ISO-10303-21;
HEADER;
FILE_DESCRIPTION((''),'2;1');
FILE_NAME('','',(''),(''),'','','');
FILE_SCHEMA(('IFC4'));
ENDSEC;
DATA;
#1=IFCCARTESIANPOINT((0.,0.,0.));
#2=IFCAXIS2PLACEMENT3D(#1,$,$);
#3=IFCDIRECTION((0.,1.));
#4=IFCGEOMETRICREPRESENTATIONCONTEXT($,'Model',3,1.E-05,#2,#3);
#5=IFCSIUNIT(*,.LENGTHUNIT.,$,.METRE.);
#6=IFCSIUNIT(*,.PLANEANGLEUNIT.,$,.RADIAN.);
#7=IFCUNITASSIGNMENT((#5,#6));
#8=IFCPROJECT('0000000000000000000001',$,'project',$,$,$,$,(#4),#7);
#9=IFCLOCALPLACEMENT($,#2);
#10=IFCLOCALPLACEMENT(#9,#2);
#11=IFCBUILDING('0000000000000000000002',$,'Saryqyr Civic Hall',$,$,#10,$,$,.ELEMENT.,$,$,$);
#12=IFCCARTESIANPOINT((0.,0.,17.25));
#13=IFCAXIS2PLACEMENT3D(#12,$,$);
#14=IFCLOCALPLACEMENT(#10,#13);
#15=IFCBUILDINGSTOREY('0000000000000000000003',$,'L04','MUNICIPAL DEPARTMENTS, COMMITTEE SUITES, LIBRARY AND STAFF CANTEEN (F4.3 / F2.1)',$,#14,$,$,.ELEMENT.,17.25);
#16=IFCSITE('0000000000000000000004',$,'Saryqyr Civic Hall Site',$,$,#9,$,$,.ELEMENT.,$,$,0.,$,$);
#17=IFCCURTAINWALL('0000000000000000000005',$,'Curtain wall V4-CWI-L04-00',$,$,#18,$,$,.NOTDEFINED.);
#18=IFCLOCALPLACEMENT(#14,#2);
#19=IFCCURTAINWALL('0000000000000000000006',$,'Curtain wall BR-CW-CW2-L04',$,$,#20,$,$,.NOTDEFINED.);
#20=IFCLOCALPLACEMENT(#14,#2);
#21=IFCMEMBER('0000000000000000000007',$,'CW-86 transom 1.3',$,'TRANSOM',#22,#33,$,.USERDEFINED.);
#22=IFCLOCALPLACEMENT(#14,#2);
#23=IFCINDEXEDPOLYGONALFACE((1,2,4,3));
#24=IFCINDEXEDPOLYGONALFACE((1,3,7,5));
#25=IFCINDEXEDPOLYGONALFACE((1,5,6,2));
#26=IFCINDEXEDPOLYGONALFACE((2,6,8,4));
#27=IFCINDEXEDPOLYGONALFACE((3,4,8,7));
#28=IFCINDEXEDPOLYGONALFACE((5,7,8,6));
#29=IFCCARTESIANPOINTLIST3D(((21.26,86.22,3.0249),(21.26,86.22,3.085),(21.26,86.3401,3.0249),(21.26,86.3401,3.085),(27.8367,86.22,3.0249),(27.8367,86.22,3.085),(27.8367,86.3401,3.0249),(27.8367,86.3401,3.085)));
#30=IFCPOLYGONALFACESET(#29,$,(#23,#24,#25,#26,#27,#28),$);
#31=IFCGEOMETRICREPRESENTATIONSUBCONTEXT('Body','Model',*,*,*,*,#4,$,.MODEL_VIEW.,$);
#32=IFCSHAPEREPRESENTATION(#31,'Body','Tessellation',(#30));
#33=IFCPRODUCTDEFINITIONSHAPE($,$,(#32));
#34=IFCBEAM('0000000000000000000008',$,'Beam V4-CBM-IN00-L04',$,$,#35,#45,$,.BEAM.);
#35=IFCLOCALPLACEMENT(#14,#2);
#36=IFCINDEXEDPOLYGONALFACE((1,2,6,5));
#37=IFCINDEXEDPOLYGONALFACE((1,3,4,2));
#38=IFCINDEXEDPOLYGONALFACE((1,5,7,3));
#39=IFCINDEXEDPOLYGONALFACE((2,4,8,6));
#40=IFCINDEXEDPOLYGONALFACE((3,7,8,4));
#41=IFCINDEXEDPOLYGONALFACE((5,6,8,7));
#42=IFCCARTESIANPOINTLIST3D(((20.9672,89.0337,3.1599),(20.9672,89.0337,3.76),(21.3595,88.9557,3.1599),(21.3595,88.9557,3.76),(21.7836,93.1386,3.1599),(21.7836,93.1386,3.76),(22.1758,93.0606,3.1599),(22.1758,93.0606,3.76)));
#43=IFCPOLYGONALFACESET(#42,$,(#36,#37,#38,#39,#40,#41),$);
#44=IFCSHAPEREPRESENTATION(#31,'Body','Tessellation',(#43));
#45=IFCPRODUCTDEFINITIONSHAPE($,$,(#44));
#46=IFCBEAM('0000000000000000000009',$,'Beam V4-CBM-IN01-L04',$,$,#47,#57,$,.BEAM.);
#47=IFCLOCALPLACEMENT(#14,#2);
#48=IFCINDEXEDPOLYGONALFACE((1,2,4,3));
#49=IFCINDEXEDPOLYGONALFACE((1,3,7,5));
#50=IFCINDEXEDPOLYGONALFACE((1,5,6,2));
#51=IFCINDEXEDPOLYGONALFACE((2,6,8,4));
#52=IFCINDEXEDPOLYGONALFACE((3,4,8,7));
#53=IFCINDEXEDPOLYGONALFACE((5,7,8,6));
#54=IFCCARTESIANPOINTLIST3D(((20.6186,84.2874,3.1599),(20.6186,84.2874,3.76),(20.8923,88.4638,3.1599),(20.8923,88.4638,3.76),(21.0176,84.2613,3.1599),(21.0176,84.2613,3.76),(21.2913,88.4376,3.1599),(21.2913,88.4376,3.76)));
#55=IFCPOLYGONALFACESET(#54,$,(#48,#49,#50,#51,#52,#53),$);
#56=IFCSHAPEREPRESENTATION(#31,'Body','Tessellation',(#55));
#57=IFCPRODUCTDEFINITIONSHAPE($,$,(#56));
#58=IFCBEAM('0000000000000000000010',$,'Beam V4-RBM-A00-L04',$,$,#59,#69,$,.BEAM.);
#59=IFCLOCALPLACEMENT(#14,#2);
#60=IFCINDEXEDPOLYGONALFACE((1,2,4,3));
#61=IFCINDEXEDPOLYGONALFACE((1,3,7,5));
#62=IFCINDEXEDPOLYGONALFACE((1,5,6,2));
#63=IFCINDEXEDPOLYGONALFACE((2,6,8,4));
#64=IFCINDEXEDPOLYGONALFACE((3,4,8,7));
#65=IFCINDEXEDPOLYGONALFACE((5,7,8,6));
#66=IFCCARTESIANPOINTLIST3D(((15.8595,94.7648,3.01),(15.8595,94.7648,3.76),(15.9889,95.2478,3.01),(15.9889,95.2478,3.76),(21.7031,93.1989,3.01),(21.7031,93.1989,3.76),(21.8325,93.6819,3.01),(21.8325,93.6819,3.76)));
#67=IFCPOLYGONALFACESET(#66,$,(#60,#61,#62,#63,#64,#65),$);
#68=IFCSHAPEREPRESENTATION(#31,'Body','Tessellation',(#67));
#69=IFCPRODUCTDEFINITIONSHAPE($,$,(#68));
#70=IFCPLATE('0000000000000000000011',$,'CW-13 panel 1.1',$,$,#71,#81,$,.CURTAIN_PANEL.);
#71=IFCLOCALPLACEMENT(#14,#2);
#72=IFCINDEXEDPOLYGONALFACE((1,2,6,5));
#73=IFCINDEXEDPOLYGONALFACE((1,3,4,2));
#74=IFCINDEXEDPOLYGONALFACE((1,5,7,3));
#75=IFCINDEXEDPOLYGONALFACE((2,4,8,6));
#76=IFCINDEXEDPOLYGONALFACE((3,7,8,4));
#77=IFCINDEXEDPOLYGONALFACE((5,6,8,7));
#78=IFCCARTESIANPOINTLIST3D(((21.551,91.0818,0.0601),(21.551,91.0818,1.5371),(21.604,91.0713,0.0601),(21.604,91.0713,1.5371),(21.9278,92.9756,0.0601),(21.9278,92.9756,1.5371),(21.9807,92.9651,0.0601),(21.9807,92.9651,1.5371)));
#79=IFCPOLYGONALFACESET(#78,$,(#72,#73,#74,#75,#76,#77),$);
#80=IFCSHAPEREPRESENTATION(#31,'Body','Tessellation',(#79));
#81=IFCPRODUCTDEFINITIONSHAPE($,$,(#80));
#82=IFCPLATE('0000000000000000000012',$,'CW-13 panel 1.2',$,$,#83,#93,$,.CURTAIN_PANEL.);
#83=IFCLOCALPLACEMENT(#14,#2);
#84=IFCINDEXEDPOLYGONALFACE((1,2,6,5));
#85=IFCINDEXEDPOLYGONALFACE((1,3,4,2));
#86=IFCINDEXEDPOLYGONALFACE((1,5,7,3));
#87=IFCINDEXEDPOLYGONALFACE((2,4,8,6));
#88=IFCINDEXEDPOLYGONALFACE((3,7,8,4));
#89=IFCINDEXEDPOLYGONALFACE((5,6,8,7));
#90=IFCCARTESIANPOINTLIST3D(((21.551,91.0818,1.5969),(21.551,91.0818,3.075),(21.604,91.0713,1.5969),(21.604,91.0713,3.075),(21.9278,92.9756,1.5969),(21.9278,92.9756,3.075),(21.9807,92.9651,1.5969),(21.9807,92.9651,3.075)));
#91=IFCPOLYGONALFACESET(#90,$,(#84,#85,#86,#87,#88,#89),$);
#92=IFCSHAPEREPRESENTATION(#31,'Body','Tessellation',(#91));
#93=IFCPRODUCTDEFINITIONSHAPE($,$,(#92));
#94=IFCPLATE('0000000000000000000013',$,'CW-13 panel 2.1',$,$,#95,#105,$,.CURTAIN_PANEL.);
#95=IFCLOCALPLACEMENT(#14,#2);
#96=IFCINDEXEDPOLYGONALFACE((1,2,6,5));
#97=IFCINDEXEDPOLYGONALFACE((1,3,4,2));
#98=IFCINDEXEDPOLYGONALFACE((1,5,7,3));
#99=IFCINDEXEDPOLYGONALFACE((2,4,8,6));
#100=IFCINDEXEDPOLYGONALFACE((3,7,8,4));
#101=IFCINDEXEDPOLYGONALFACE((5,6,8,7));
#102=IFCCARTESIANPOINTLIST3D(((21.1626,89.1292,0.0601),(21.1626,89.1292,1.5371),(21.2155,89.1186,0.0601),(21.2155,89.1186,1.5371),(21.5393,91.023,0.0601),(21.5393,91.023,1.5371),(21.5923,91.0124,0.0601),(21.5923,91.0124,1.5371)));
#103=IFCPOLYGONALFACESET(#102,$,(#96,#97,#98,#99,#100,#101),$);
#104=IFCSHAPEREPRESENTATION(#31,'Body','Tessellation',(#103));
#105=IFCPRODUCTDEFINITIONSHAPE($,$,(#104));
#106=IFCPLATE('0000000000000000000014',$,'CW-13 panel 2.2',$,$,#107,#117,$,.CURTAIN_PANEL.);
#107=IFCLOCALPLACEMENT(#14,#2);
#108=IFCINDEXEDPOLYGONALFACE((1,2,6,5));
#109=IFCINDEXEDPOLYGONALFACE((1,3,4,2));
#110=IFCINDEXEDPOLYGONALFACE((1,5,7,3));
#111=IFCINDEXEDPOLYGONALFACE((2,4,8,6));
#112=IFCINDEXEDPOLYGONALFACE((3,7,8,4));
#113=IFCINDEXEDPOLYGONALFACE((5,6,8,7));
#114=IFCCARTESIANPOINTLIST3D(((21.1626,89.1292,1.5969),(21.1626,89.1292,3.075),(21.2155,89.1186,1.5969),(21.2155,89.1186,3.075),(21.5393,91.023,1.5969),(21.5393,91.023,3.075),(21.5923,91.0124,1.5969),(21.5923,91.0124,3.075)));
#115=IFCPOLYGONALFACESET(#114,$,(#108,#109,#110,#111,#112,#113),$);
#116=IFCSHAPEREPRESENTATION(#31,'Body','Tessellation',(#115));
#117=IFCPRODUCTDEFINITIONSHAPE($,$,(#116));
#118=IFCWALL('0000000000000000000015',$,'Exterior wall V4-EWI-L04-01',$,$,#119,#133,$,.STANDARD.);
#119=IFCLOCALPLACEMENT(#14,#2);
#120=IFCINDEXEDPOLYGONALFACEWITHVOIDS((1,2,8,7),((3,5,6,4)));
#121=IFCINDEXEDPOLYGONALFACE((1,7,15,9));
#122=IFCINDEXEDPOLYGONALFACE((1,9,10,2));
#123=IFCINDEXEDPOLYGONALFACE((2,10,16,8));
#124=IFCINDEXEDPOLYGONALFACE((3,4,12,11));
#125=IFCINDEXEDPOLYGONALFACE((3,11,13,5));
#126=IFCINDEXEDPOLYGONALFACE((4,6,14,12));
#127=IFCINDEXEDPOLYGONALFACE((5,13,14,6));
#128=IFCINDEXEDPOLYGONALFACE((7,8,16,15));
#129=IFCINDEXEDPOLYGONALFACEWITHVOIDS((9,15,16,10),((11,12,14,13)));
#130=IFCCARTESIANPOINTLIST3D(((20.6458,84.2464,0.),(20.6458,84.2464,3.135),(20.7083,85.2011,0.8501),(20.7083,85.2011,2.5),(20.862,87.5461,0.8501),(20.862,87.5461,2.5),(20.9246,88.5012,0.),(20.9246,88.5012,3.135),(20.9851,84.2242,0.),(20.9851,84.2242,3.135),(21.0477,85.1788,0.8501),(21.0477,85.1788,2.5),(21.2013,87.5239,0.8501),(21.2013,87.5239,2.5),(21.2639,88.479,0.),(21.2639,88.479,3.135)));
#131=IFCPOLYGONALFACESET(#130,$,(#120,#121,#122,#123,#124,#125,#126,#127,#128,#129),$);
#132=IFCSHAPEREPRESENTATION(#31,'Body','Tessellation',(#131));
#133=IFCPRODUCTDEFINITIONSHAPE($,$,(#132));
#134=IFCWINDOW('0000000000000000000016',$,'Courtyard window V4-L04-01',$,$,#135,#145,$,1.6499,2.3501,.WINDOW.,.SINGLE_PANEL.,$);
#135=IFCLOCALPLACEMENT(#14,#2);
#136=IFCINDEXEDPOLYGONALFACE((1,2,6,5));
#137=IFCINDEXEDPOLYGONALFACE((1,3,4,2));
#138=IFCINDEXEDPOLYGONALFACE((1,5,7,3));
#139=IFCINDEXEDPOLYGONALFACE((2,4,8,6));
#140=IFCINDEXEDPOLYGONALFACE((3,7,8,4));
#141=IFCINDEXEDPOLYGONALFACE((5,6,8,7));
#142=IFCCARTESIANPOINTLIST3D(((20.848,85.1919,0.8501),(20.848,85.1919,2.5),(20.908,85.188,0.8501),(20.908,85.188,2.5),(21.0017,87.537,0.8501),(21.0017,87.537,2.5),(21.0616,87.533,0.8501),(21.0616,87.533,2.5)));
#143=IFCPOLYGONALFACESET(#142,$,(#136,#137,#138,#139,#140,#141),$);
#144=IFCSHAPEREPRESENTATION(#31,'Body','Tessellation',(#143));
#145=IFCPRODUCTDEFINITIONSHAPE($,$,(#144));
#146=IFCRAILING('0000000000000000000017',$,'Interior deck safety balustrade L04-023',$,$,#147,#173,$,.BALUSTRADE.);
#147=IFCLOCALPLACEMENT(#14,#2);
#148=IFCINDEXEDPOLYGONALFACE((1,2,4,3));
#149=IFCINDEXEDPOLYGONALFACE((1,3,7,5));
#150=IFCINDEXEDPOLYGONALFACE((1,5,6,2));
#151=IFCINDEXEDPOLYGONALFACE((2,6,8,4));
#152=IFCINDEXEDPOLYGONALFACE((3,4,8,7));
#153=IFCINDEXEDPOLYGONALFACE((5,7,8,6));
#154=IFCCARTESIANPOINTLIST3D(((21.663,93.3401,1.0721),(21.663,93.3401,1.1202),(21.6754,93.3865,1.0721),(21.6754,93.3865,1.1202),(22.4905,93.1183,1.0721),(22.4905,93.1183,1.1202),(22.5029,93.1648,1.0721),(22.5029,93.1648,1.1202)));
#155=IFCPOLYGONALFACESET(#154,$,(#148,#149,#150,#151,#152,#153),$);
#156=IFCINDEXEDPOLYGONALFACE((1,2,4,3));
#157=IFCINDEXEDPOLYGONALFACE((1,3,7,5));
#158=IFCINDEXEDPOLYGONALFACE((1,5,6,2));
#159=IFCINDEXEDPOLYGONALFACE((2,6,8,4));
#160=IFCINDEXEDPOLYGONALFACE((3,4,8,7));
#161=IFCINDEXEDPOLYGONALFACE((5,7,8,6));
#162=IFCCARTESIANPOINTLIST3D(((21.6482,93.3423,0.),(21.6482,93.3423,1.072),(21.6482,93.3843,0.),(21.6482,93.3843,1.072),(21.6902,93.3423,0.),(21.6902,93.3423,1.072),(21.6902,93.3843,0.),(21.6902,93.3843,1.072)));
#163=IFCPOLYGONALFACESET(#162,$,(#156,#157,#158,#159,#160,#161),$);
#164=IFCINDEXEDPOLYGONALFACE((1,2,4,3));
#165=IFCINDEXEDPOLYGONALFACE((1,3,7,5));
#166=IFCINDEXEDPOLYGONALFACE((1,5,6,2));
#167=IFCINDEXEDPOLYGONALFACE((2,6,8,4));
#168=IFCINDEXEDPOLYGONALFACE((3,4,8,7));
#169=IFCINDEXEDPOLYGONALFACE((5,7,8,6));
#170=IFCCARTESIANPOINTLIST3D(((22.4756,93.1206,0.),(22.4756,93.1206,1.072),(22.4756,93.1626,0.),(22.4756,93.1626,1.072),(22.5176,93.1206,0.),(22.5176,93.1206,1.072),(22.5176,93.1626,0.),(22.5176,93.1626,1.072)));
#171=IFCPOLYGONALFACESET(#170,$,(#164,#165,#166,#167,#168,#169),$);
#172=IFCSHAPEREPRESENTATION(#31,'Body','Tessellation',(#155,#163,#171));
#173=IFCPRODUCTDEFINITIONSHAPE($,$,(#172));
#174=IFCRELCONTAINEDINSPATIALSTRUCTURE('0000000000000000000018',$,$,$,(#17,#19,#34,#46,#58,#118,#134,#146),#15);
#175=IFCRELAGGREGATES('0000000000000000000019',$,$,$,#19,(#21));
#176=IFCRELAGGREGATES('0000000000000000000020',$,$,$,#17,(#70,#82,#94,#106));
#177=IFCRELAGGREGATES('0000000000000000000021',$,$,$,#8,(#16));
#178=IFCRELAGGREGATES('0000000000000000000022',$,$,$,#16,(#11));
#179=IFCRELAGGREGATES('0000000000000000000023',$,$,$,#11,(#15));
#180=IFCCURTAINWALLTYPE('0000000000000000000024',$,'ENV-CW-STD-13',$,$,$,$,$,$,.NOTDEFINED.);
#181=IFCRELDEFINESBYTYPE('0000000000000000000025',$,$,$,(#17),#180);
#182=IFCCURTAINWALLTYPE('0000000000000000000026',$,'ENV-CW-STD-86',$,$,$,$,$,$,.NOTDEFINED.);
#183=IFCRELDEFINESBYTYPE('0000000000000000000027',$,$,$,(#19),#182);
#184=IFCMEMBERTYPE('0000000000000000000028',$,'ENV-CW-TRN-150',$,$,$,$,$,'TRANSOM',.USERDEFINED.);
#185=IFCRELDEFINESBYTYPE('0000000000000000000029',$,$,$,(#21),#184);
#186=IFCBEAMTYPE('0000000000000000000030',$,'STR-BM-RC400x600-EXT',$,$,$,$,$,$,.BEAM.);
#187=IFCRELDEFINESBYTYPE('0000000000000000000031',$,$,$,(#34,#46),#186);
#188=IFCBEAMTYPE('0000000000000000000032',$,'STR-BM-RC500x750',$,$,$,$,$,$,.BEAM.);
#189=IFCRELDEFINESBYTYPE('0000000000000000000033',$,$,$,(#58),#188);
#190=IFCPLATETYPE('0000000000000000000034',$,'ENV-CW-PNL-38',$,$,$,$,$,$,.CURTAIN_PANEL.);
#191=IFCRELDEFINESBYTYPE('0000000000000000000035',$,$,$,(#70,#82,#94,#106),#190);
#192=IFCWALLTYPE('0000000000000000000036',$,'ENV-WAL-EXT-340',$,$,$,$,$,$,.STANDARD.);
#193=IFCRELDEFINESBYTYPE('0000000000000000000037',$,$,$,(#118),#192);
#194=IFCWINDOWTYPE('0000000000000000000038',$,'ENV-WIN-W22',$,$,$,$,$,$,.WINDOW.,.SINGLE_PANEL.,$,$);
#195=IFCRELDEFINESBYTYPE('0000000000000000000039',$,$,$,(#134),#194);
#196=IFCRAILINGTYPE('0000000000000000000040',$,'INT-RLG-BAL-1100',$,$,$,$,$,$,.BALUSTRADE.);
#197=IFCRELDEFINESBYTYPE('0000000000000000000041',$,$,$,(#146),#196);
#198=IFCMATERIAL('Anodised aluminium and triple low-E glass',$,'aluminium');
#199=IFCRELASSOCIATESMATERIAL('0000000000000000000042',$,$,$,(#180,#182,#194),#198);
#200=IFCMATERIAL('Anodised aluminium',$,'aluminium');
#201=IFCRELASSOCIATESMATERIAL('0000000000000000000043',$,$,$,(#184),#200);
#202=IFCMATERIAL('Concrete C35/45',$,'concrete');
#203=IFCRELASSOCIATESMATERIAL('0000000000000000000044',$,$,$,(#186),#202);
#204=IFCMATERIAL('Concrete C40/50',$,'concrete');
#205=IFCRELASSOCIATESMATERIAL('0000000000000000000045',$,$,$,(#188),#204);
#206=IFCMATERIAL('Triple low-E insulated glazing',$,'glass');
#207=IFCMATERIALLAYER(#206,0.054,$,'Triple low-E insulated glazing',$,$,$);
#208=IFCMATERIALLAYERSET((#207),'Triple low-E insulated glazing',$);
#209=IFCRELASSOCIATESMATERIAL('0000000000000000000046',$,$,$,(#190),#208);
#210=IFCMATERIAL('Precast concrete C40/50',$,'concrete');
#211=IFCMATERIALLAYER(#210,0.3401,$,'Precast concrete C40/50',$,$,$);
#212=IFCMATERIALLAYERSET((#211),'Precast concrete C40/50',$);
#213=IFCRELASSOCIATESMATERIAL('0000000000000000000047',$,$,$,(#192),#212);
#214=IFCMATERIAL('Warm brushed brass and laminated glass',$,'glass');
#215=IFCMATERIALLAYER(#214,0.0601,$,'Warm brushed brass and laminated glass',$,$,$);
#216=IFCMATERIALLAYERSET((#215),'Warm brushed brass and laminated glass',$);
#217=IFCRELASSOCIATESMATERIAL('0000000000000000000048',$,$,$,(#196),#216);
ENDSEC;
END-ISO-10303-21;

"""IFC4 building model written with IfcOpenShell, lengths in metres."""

from ifc_helpers import new_model, si_unit, direction, frame, frame_2d, origin, origin_2d, place, context, subcontext, project, spatial, rectangle, extrude, material, layer, layer_set, material_profile, profile_set, type_object, element, fill, aggregate, save


model = new_model("IFC4")

# Units and contexts
model_context = context("Model", 3, precision=1e-05, world=origin(), true_north=direction((0.0, 1.0)))
body_context = subcontext(model_context, "Body", "Model", "MODEL_VIEW")
ifc_project = project(units=[si_unit("LENGTHUNIT", "METRE"), si_unit("PLANEANGLEUNIT", "RADIAN")], contexts=[model_context])

# Site, building, storey
site_placement = place(None, origin())
site = spatial("IfcSite", under=ifc_project, at=site_placement, Name="Saryqyr Civic Hall Site", CompositionType="ELEMENT", RefElevation=0.0)
building_placement = place(site_placement, origin())
building = spatial("IfcBuilding", under=site, at=building_placement, Name="Saryqyr Civic Hall", CompositionType="ELEMENT")
storey_placement = place(building_placement, frame((0.0, 0.0, 17.25)))
storey = spatial("IfcBuildingStorey", under=building, at=storey_placement, Name="L04", Description="MUNICIPAL DEPARTMENTS, COMMITTEE SUITES, LIBRARY AND STAFF CANTEEN (F4.3 / F2.1)", CompositionType="ELEMENT", Elevation=17.25)

# Shared definitions
ifc_material_1 = material(Name="Concrete C40/50", Category="concrete")

# Curtain wall
ifc_material_2 = material(Name="Anodised aluminium and triple low-E glass", Category="aluminium")
curtain_wall_type_1 = type_object("IfcCurtainWallType", Name="ENV-CW-STD-13", PredefinedType="NOTDEFINED", material=ifc_material_2)
curtain_wall_1_placement = place(storey_placement, origin())
curtain_wall_1 = element("IfcCurtainWall", 1, at=curtain_wall_1_placement, inside=storey, type_object=curtain_wall_type_1, Name="Curtain wall V4-CWI-L04-00", PredefinedType="NOTDEFINED")
ifc_material_3 = material(Name="Anodised aluminium", Category="aluminium")

# Curtain wall
curtain_wall_type_2 = type_object("IfcCurtainWallType", Name="ENV-CW-STD-86", PredefinedType="NOTDEFINED", material=ifc_material_2)
curtain_wall_2_placement = place(storey_placement, origin())
curtain_wall_2 = element("IfcCurtainWall", 2, at=curtain_wall_2_placement, inside=storey, type_object=curtain_wall_type_2, Name="Curtain wall BR-CW-CW2-L04", PredefinedType="NOTDEFINED")

# Member
ifc_material_profile_1 = material_profile(ifc_material_3, rectangle(XDim=0.1201, YDim=0.0601, at=origin_2d()), Name="ALU TRANSOM 120x60")
ifc_profile_set_1 = profile_set([ifc_material_profile_1], Name="Anodised aluminium")
member_type_1 = type_object("IfcMemberType", Name="ENV-CW-TRN-150", ElementType="TRANSOM", PredefinedType="USERDEFINED", material=ifc_profile_set_1)
member_1_placement = place(storey_placement, frame((21.26, 86.28, 3.0549), z_axis=(1.0, 0.0, 0.0), x_axis=(0.0, 1.0, 0.0)))
member_1 = element("IfcMember", 3, at=member_1_placement, type_object=member_type_1, Name="CW-86 transom 1.3", ObjectType="TRANSOM", PredefinedType="USERDEFINED", context=body_context, shape_type="SweptSolid", body=[
    extrude(rectangle(XDim=0.1201, YDim=0.0601, at=origin_2d()), origin(), (0.0, 0.0, 1.0), 6.5767),
])
aggregate(curtain_wall_2, [member_1])

# Beams
ifc_material_4 = material(Name="Concrete C35/45", Category="concrete")
ifc_material_profile_2 = material_profile(ifc_material_4, rectangle(XDim=0.3999, YDim=0.6001, at=origin_2d()), Name="RC 400x600")
ifc_profile_set_2 = profile_set([ifc_material_profile_2], Name="Concrete C35/45")
beam_type_1 = type_object("IfcBeamType", Name="STR-BM-RC400x600-EXT", PredefinedType="BEAM", material=ifc_profile_set_2)
for number, where, z_axis, x_axis, name in (
    (4, (21.9797, 93.0996, 3.46), (-0.195062, -0.980791, 0.0), (0.980791, -0.195062, 0.0), "Beam V4-CBM-IN00-L04"),
    (5, (21.0918, 88.4507, 3.46), (-0.065392, -0.99786, 0.0), (0.99786, -0.065392, 0.0), "Beam V4-CBM-IN01-L04"),
):
    element("IfcBeam", number, at=place(storey_placement, frame(where, z_axis=z_axis, x_axis=x_axis)), inside=storey, type_object=beam_type_1, Name=name, PredefinedType="BEAM", context=body_context, shape_type="SweptSolid", body=[
        extrude(rectangle(XDim=0.3999, YDim=0.6001, at=origin_2d()), origin(), (0.0, 0.0, 1.0), 4.1853),
    ])
ifc_material_profile_3 = material_profile(ifc_material_1, rectangle(XDim=0.5, YDim=0.75, at=origin_2d()), Name="RC 500x750")
ifc_profile_set_3 = profile_set([ifc_material_profile_3], Name="Concrete C40/50")
beam_type_2 = type_object("IfcBeamType", Name="STR-BM-RC500x750", PredefinedType="BEAM", material=ifc_profile_set_3)
beam_placement = place(storey_placement, frame((21.7678, 93.4404, 3.385), z_axis=(-0.965922, 0.258833, 0.0), x_axis=(-0.258833, -0.965922, 0.0)))
element("IfcBeam", 6, at=beam_placement, inside=storey, type_object=beam_type_2, Name="Beam V4-RBM-A00-L04", PredefinedType="BEAM", context=body_context, shape_type="SweptSolid", body=[
    extrude(rectangle(XDim=0.5, YDim=0.75, at=origin_2d()), origin(), (0.0, 0.0, 1.0), 6.0498),
])

# Plates
ifc_material_5 = material(Name="Triple low-E insulated glazing", Category="glass")
ifc_layer_1 = layer(ifc_material_5, 0.054, Name="Triple low-E insulated glazing")
ifc_layer_set_1 = layer_set([ifc_layer_1], Name="Triple low-E insulated glazing")
plate_type = type_object("IfcPlateType", Name="ENV-CW-PNL-38", PredefinedType="CURTAIN_PANEL", material=ifc_layer_set_1)
plate_1_placement = place(storey_placement, frame((21.7659, 92.0234, 0.0601), z_axis=(0.0, 0.0, 1.0), x_axis=(-0.195107, -0.980782, 0.0)))
plate_1 = element("IfcPlate", 7, at=plate_1_placement, type_object=plate_type, Name="CW-13 panel 1.1", PredefinedType="CURTAIN_PANEL", context=body_context, shape_type="SweptSolid", body=[
    extrude(rectangle(XDim=1.9309, YDim=0.054, at=origin_2d()), origin(), (0.0, 0.0, 1.0), 1.4771),
])
plate_2_placement = place(storey_placement, frame((21.7659, 92.0234, 1.5969), z_axis=(0.0, 0.0, 1.0), x_axis=(-0.195107, -0.980782, 0.0)))
plate_2 = element("IfcPlate", 8, at=plate_2_placement, type_object=plate_type, Name="CW-13 panel 1.2", PredefinedType="CURTAIN_PANEL", context=body_context, shape_type="SweptSolid", body=[
    extrude(rectangle(XDim=1.9309, YDim=0.054, at=origin_2d()), origin(), (0.0, 0.0, 1.0), 1.478),
])
plate_3_placement = place(storey_placement, frame((21.3774, 90.0708, 0.0601), z_axis=(0.0, 0.0, 1.0), x_axis=(-0.195107, -0.980782, 0.0)))
plate_3 = element("IfcPlate", 9, at=plate_3_placement, type_object=plate_type, Name="CW-13 panel 2.1", PredefinedType="CURTAIN_PANEL", context=body_context, shape_type="SweptSolid", body=[
    extrude(rectangle(XDim=1.9309, YDim=0.054, at=origin_2d()), origin(), (0.0, 0.0, 1.0), 1.4771),
])
plate_4_placement = place(storey_placement, frame((21.3774, 90.0708, 1.5969), z_axis=(0.0, 0.0, 1.0), x_axis=(-0.195107, -0.980782, 0.0)))
plate_4 = element("IfcPlate", 10, at=plate_4_placement, type_object=plate_type, Name="CW-13 panel 2.2", PredefinedType="CURTAIN_PANEL", context=body_context, shape_type="SweptSolid", body=[
    extrude(rectangle(XDim=1.9309, YDim=0.054, at=origin_2d()), origin(), (0.0, 0.0, 1.0), 1.478),
])
aggregate(curtain_wall_1, [plate_1, plate_2, plate_3, plate_4])

# Wall, opening, window
ifc_material_6 = material(Name="Precast concrete C40/50", Category="concrete")
ifc_layer_2 = layer(ifc_material_6, 0.3401, Name="Precast concrete C40/50")
ifc_layer_set_2 = layer_set([ifc_layer_2], Name="Precast concrete C40/50")
wall_type = type_object("IfcWallType", Name="ENV-WAL-EXT-340", PredefinedType="STANDARD", material=ifc_layer_set_2)
wall_placement = place(storey_placement, frame((21.0942, 88.49, 0.0), z_axis=(0.0, 0.0, 1.0), x_axis=(-0.065387, -0.99786, 0.0)))
wall = element("IfcWall", 11, at=wall_placement, inside=storey, type_object=wall_type, Name="Exterior wall V4-EWI-L04-01", PredefinedType="STANDARD", context=body_context, shape_type="SweptSolid", body=[
    extrude(rectangle(XDim=4.2639, YDim=0.3401, at=frame_2d((2.1318, 0.0))), origin(), (0.0, 0.0, 1.0), 3.135),
])
opening_placement = place(wall_placement, frame((0.957, 0.0, 0.8501)))
opening = element("IfcOpeningElement", 12, at=opening_placement, cuts=wall, PredefinedType="OPENING", context=body_context, shape_type="SweptSolid", body=[
    extrude(rectangle(XDim=2.3501, YDim=1.6499, at=frame_2d((1.175, 0.825))), frame((0.0, 0.1799, 0.0), z_axis=(0.0, -1.0, 0.0), x_axis=(1.0, 0.0, 0.0)), (0.0, 0.0, 1.0), 0.3601),
])
window_type = type_object("IfcWindowType", Name="ENV-WIN-W22", PartitioningType="SINGLE_PANEL", PredefinedType="WINDOW", material=ifc_material_2)
window_placement = place(opening_placement, origin())
window = element("IfcWindow", 13, at=window_placement, inside=storey, type_object=window_type, Name="Courtyard window V4-L04-01", OverallHeight=1.6499, OverallWidth=2.3501, PartitioningType="SINGLE_PANEL", PredefinedType="WINDOW", context=body_context, shape_type="SweptSolid", body=[
    extrude(rectangle(XDim=2.3501, YDim=1.6499, at=frame_2d((1.175, 0.825))), frame((0.0, 0.03, 0.0), z_axis=(0.0, -1.0, 0.0), x_axis=(1.0, 0.0, 0.0)), (0.0, 0.0, 1.0), 0.0601),
])
fill(opening, window)

# Railing
ifc_material_7 = material(Name="Warm brushed brass and laminated glass", Category="glass")
ifc_layer_3 = layer(ifc_material_7, 0.0601, Name="Warm brushed brass and laminated glass")
ifc_layer_set_3 = layer_set([ifc_layer_3], Name="Warm brushed brass and laminated glass")
railing_type = type_object("IfcRailingType", Name="INT-RLG-BAL-1100", PredefinedType="BALUSTRADE", material=ifc_layer_set_3)
railing_1_placement = place(storey_placement, frame((21.6692, 93.3633, 0.0)))
element("IfcRailing", 14, at=railing_1_placement, inside=storey, type_object=railing_type, Name="Interior deck safety balustrade L04-023", PredefinedType="BALUSTRADE", context=body_context, shape_type="SweptSolid", body=[
    extrude(rectangle(XDim=0.0481, YDim=0.0481, at=origin_2d()), frame((0.0, 0.0, 1.0962), z_axis=(0.965932, -0.258798, 0.0), x_axis=(0.258798, 0.965932, 0.0)), (0.0, 0.0, 1.0), 0.8567),
    extrude(rectangle(XDim=0.042, YDim=0.042, at=origin_2d()), origin(), (0.0, 0.0, 1.0), 1.072),
    extrude(rectangle(XDim=0.042, YDim=0.042, at=origin_2d()), frame((0.8274, -0.2217, 0.0)), (0.0, 0.0, 1.0), 1.072),
])

save(model, "model.ifc")
